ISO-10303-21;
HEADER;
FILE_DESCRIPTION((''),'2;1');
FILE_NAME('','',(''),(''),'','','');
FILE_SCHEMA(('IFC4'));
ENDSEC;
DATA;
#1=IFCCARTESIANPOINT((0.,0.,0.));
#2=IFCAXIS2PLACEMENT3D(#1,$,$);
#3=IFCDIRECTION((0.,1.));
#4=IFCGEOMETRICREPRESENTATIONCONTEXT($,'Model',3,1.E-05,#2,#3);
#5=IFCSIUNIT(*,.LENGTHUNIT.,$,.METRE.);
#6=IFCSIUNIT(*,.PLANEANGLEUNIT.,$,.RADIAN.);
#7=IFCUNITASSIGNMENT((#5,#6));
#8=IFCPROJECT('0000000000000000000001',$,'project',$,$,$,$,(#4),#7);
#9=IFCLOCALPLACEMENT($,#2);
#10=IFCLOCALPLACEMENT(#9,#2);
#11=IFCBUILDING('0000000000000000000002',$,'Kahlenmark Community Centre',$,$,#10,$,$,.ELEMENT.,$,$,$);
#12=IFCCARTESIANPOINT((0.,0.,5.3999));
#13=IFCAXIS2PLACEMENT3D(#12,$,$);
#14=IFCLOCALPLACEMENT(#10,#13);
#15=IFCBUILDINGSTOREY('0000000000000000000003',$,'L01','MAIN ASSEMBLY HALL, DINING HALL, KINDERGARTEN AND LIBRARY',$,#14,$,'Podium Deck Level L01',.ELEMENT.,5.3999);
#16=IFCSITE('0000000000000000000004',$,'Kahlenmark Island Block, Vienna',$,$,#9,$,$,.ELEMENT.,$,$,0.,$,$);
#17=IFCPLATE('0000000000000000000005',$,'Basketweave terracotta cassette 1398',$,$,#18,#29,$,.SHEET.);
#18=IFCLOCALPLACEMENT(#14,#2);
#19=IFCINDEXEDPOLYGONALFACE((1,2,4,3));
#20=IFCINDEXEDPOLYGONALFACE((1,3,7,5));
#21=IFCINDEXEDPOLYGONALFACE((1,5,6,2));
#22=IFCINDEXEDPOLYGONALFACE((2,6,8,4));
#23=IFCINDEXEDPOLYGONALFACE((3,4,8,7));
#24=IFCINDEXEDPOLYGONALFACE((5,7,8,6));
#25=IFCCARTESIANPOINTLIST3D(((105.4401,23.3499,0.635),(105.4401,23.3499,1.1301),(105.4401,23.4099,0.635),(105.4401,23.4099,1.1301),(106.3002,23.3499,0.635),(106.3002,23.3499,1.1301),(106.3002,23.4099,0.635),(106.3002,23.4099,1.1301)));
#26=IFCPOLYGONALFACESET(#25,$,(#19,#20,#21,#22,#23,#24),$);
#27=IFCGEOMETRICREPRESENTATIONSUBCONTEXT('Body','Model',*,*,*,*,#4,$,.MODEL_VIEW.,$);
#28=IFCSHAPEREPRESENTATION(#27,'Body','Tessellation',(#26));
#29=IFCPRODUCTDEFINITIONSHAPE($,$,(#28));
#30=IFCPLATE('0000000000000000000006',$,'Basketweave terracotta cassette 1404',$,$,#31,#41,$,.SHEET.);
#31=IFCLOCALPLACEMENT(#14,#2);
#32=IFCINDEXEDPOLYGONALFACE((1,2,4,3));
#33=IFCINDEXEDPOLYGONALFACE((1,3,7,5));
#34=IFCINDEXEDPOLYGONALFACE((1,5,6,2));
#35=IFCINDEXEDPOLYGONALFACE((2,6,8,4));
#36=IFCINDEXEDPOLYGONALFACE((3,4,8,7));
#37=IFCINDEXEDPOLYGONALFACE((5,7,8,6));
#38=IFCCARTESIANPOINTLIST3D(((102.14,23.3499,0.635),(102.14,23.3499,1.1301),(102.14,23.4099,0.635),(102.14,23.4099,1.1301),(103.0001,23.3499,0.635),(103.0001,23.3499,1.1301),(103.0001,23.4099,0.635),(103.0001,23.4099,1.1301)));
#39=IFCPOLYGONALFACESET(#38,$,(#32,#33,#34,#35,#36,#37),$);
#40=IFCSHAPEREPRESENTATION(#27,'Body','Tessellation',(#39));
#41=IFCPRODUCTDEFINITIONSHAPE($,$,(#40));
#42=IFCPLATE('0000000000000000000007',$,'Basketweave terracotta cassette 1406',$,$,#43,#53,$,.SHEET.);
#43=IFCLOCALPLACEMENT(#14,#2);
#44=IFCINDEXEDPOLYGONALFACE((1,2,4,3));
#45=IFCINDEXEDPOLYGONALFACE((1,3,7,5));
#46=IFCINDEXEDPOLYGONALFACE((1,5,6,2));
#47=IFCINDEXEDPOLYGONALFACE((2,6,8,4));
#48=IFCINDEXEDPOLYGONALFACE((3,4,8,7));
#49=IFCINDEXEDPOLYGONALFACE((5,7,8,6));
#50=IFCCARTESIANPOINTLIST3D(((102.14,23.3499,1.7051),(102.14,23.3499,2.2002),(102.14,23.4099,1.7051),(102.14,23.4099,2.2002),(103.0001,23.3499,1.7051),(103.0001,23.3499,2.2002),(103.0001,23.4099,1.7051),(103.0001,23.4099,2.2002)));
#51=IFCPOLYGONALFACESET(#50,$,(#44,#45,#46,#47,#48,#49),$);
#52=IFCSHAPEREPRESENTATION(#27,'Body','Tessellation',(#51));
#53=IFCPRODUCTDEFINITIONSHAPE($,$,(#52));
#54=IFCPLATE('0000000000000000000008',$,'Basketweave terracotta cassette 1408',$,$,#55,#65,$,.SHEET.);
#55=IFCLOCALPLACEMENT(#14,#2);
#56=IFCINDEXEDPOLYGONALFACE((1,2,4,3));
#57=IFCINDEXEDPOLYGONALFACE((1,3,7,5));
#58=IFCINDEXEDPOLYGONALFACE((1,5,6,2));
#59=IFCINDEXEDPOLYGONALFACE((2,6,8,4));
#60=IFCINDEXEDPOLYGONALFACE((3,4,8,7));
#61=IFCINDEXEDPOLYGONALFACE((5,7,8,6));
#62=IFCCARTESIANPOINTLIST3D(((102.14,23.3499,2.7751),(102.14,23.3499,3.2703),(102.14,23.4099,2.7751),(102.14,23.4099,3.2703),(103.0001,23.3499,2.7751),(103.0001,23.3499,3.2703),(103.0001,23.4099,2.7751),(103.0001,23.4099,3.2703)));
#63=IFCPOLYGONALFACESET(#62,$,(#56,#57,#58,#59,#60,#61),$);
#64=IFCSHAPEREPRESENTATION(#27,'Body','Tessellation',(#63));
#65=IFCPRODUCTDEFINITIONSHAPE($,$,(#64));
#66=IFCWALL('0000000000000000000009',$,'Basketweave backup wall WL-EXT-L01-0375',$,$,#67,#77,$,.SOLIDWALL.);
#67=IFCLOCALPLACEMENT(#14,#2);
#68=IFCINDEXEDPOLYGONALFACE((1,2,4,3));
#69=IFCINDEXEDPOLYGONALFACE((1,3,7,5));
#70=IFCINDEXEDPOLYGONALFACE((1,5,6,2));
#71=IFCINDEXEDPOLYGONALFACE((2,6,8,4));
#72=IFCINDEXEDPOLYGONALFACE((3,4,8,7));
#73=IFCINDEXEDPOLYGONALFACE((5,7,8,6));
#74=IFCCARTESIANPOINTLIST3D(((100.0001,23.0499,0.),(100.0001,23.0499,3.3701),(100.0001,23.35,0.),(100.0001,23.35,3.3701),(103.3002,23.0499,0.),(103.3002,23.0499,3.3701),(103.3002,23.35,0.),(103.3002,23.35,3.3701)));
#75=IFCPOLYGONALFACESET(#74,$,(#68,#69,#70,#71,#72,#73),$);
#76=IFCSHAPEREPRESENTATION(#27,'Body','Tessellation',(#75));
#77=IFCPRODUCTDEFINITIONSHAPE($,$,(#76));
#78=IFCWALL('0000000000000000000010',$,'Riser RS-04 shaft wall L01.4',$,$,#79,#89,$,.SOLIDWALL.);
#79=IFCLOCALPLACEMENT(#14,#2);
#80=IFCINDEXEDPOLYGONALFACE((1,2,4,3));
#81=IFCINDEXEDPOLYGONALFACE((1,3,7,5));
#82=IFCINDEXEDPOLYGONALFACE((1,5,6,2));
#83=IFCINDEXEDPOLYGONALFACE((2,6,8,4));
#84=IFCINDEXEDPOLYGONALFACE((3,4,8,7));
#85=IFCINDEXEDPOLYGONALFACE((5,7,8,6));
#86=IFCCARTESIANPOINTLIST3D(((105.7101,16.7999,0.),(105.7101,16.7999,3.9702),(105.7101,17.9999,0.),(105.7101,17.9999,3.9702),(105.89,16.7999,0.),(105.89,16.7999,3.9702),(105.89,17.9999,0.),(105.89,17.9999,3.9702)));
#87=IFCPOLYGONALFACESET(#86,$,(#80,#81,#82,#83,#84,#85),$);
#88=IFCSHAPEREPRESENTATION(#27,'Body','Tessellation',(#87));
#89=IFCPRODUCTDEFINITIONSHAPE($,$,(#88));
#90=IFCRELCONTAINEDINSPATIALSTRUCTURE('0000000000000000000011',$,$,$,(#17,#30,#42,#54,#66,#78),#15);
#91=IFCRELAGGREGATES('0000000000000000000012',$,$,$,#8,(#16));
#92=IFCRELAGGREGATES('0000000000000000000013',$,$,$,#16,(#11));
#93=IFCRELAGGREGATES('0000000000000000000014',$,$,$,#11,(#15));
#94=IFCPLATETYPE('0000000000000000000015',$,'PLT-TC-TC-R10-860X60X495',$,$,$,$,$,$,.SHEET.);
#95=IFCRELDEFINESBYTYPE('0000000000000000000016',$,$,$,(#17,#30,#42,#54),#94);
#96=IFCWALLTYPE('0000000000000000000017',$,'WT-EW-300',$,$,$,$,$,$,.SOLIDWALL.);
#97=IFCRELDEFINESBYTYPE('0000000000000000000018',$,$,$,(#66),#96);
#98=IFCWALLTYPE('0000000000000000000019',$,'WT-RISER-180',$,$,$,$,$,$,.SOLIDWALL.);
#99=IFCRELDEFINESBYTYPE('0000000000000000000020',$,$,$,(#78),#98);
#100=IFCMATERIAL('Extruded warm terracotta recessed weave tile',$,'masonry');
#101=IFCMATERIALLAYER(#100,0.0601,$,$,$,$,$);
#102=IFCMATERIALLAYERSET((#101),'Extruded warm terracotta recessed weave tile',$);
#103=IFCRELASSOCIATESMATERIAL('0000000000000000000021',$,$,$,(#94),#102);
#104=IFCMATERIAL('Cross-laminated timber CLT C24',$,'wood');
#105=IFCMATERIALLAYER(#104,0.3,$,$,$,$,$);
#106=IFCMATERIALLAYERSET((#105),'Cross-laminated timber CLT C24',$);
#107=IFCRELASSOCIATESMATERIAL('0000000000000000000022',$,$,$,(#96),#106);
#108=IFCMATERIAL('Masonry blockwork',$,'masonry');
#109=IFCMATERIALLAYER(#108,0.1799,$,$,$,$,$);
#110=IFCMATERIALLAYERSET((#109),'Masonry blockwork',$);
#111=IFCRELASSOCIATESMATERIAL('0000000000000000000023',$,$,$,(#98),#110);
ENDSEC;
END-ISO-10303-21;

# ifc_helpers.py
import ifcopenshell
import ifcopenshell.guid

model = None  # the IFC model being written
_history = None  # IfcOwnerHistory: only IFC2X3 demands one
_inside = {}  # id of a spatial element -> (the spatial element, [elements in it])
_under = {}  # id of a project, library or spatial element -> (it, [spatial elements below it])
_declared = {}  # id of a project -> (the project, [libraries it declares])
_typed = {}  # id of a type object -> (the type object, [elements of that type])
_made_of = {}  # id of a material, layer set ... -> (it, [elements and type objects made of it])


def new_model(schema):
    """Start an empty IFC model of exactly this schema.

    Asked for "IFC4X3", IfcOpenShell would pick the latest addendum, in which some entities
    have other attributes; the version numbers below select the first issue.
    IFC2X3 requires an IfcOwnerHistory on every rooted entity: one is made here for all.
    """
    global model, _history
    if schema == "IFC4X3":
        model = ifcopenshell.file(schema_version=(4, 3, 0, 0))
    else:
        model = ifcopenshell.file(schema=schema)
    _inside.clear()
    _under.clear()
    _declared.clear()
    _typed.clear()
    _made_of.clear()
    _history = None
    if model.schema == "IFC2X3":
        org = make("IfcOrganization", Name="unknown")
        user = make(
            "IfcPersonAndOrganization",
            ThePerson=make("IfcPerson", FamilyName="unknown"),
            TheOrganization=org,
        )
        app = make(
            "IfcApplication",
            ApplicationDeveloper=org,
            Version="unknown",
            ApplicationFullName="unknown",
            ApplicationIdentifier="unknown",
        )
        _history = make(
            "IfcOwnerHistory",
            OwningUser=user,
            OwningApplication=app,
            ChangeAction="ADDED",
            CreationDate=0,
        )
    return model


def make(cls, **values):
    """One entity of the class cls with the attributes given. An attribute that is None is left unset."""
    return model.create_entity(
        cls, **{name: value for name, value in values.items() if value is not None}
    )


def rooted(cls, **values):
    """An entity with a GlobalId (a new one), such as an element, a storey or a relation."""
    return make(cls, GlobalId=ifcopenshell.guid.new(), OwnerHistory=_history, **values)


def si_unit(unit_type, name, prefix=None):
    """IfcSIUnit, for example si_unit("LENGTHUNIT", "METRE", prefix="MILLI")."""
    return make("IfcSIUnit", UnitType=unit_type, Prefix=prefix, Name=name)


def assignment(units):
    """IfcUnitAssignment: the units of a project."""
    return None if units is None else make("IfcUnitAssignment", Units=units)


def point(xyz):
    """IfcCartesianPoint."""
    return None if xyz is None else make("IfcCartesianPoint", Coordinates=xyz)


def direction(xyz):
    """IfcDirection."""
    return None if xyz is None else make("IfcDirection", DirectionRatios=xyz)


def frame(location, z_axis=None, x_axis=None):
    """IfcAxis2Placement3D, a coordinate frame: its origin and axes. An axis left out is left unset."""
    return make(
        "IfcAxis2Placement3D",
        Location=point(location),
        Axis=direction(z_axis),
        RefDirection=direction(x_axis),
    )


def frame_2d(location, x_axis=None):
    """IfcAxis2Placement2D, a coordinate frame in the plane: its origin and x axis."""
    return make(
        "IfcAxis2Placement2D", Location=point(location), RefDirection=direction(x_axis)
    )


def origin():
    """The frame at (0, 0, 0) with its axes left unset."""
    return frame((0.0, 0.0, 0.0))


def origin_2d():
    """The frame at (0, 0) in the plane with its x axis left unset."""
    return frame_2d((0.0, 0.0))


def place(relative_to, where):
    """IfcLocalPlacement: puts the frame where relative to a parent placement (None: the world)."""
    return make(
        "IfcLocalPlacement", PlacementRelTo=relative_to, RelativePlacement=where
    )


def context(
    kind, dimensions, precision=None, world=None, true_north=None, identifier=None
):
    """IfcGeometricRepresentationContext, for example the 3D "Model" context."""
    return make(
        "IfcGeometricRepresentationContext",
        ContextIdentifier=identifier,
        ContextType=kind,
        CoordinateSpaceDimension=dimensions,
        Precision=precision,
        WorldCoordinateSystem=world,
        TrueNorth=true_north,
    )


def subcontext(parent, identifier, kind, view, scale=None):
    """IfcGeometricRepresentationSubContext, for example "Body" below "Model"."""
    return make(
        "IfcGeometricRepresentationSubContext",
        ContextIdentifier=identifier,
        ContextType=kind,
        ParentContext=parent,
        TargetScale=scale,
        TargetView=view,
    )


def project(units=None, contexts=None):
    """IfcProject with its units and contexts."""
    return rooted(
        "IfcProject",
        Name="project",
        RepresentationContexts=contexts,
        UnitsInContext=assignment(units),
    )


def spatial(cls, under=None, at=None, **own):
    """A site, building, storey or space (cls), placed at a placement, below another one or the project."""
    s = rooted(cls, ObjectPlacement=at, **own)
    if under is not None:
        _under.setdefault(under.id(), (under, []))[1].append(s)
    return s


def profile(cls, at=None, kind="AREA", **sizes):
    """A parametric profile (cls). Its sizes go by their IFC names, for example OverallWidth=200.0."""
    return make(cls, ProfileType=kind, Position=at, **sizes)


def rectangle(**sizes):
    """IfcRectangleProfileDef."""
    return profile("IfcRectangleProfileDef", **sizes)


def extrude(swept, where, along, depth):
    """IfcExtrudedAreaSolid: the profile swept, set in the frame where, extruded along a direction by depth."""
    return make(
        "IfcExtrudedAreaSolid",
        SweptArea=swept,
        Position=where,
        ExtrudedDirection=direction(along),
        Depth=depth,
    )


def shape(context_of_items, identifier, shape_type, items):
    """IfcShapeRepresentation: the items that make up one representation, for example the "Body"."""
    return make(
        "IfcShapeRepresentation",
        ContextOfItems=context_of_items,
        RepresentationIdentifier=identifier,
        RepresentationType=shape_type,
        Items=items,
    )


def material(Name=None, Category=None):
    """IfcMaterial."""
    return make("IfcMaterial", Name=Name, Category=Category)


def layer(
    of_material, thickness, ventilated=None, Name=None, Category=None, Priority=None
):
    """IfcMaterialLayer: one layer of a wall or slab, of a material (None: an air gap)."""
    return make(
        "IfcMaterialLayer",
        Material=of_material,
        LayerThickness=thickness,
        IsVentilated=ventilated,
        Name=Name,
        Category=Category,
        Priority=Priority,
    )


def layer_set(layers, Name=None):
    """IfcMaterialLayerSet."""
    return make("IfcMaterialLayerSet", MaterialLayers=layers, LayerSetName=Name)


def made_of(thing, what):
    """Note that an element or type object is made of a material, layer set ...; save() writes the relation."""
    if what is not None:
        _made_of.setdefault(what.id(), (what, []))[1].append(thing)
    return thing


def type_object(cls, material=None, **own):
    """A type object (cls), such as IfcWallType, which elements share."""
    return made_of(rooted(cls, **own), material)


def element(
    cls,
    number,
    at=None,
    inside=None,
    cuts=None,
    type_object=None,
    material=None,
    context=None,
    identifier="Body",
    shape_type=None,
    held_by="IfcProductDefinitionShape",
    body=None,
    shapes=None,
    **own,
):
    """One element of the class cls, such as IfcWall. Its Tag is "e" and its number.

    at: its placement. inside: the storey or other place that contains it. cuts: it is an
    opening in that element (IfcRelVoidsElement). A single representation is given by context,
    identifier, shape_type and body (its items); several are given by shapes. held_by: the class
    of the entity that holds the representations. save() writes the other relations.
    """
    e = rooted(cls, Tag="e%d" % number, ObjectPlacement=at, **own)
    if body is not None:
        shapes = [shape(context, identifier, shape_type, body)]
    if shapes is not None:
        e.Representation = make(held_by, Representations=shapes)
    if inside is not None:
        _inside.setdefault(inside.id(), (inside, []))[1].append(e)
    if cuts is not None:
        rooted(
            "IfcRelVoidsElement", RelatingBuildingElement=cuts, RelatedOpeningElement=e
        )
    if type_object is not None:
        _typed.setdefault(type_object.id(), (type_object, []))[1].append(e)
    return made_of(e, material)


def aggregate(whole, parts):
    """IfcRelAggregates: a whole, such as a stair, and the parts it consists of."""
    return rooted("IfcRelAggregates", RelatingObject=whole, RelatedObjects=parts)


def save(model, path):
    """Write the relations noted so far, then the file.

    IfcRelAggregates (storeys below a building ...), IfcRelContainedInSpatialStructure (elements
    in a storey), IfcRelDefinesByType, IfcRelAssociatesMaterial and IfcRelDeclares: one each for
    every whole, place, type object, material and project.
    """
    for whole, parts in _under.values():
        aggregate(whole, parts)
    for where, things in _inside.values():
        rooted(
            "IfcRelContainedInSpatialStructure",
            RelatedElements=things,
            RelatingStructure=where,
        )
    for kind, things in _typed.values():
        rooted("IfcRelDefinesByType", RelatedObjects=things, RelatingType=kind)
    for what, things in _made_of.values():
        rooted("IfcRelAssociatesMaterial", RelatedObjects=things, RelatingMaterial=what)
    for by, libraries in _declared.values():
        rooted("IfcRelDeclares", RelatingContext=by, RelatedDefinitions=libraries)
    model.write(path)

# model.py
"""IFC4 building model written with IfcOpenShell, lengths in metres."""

from ifc_helpers import new_model, si_unit, direction, frame, frame_2d, origin, origin_2d, place, context, subcontext, project, spatial, rectangle, extrude, material, layer, layer_set, type_object, element, save


model = new_model("IFC4")

# Units and contexts
model_context = context("Model", 3, precision=1e-05, world=origin(), true_north=direction((0.0, 1.0)))
body_context = subcontext(model_context, "Body", "Model", "MODEL_VIEW")
ifc_project = project(units=[si_unit("LENGTHUNIT", "METRE"), si_unit("PLANEANGLEUNIT", "RADIAN")], contexts=[model_context])

# Site, building, storey
site_placement = place(None, origin())
site = spatial("IfcSite", under=ifc_project, at=site_placement, Name="Kahlenmark Island Block, Vienna", CompositionType="ELEMENT", RefElevation=0.0)
building_placement = place(site_placement, origin())
building = spatial("IfcBuilding", under=site, at=building_placement, Name="Kahlenmark Community Centre", CompositionType="ELEMENT")
storey_placement = place(building_placement, frame((0.0, 0.0, 5.3999)))
storey = spatial("IfcBuildingStorey", under=building, at=storey_placement, Name="L01", Description="MAIN ASSEMBLY HALL, DINING HALL, KINDERGARTEN AND LIBRARY", LongName="Podium Deck Level L01", CompositionType="ELEMENT", Elevation=5.3999)

# Plates
ifc_material_1 = material(Name="Extruded warm terracotta recessed weave tile", Category="masonry")
ifc_layer_1 = layer(ifc_material_1, 0.0601)
ifc_layer_set_1 = layer_set([ifc_layer_1], Name="Extruded warm terracotta recessed weave tile")
plate_type_1 = type_object("IfcPlateType", Name="PLT-TC-TC-R10-860X60X495", PredefinedType="SHEET", material=ifc_layer_set_1)
for number, where, z_axis, x_axis, name in (
    (1, (105.8701, 23.3799, 0.635), (0.0, 0.0, 1.0), (-1.0, 0.0, 0.0), "Basketweave terracotta cassette 1398"),
    (2, (102.5701, 23.3799, 0.635), (0.0, 0.0, 1.0), (-1.0, 0.0, 0.0), "Basketweave terracotta cassette 1404"),
    (3, (102.5701, 23.3799, 1.7051), (0.0, 0.0, 1.0), (-1.0, 0.0, 0.0), "Basketweave terracotta cassette 1406"),
    (4, (102.5701, 23.3799, 2.7751), (0.0, 0.0, 1.0), (-1.0, 0.0, 0.0), "Basketweave terracotta cassette 1408"),
):
    element("IfcPlate", number, at=place(storey_placement, frame(where, z_axis=z_axis, x_axis=x_axis)), inside=storey, type_object=plate_type_1, Name=name, PredefinedType="SHEET", context=body_context, shape_type="SweptSolid", body=[
        extrude(rectangle(XDim=0.8601, YDim=0.0601, at=origin_2d()), origin(), (0.0, 0.0, 1.0), 0.4951),
    ])

# Wall
ifc_material_2 = material(Name="Cross-laminated timber CLT C24", Category="wood")
ifc_layer_2 = layer(ifc_material_2, 0.3)
ifc_layer_set_2 = layer_set([ifc_layer_2], Name="Cross-laminated timber CLT C24")
wall_type_1 = type_object("IfcWallType", Name="WT-EW-300", PredefinedType="SOLIDWALL", material=ifc_layer_set_2)
wall_1_placement = place(storey_placement, frame((103.3, 23.2, 0.0), z_axis=(0.0, 0.0, 1.0), x_axis=(-1.0, 0.0, 0.0)))
element("IfcWall", 5, at=wall_1_placement, inside=storey, type_object=wall_type_1, Name="Basketweave backup wall WL-EXT-L01-0375", PredefinedType="SOLIDWALL", context=body_context, shape_type="SweptSolid", body=[
    extrude(rectangle(XDim=3.3, YDim=0.3, at=frame_2d((1.6499, 0.0))), origin(), (0.0, 0.0, 1.0), 3.3701),
])

# Shared definitions
ifc_material_3 = material(Name="Masonry blockwork", Category="masonry")
ifc_layer_3 = layer(ifc_material_3, 0.1799)
ifc_layer_set_3 = layer_set([ifc_layer_3], Name="Masonry blockwork")
wall_type_2 = type_object("IfcWallType", Name="WT-RISER-180", PredefinedType="SOLIDWALL", material=ifc_layer_set_3)

# Wall
wall_2_placement = place(storey_placement, frame((105.8, 18.0, 0.0), z_axis=(0.0, 0.0, 1.0), x_axis=(0.0, -1.0, 0.0)))
element("IfcWall", 6, at=wall_2_placement, inside=storey, type_object=wall_type_2, Name="Riser RS-04 shaft wall L01.4", PredefinedType="SOLIDWALL", context=body_context, shape_type="SweptSolid", body=[
    extrude(rectangle(XDim=1.2, YDim=0.1799, at=frame_2d((0.6001, 0.0))), origin(), (0.0, 0.0, 1.0), 3.9702),
])

save(model, "model.ifc")
